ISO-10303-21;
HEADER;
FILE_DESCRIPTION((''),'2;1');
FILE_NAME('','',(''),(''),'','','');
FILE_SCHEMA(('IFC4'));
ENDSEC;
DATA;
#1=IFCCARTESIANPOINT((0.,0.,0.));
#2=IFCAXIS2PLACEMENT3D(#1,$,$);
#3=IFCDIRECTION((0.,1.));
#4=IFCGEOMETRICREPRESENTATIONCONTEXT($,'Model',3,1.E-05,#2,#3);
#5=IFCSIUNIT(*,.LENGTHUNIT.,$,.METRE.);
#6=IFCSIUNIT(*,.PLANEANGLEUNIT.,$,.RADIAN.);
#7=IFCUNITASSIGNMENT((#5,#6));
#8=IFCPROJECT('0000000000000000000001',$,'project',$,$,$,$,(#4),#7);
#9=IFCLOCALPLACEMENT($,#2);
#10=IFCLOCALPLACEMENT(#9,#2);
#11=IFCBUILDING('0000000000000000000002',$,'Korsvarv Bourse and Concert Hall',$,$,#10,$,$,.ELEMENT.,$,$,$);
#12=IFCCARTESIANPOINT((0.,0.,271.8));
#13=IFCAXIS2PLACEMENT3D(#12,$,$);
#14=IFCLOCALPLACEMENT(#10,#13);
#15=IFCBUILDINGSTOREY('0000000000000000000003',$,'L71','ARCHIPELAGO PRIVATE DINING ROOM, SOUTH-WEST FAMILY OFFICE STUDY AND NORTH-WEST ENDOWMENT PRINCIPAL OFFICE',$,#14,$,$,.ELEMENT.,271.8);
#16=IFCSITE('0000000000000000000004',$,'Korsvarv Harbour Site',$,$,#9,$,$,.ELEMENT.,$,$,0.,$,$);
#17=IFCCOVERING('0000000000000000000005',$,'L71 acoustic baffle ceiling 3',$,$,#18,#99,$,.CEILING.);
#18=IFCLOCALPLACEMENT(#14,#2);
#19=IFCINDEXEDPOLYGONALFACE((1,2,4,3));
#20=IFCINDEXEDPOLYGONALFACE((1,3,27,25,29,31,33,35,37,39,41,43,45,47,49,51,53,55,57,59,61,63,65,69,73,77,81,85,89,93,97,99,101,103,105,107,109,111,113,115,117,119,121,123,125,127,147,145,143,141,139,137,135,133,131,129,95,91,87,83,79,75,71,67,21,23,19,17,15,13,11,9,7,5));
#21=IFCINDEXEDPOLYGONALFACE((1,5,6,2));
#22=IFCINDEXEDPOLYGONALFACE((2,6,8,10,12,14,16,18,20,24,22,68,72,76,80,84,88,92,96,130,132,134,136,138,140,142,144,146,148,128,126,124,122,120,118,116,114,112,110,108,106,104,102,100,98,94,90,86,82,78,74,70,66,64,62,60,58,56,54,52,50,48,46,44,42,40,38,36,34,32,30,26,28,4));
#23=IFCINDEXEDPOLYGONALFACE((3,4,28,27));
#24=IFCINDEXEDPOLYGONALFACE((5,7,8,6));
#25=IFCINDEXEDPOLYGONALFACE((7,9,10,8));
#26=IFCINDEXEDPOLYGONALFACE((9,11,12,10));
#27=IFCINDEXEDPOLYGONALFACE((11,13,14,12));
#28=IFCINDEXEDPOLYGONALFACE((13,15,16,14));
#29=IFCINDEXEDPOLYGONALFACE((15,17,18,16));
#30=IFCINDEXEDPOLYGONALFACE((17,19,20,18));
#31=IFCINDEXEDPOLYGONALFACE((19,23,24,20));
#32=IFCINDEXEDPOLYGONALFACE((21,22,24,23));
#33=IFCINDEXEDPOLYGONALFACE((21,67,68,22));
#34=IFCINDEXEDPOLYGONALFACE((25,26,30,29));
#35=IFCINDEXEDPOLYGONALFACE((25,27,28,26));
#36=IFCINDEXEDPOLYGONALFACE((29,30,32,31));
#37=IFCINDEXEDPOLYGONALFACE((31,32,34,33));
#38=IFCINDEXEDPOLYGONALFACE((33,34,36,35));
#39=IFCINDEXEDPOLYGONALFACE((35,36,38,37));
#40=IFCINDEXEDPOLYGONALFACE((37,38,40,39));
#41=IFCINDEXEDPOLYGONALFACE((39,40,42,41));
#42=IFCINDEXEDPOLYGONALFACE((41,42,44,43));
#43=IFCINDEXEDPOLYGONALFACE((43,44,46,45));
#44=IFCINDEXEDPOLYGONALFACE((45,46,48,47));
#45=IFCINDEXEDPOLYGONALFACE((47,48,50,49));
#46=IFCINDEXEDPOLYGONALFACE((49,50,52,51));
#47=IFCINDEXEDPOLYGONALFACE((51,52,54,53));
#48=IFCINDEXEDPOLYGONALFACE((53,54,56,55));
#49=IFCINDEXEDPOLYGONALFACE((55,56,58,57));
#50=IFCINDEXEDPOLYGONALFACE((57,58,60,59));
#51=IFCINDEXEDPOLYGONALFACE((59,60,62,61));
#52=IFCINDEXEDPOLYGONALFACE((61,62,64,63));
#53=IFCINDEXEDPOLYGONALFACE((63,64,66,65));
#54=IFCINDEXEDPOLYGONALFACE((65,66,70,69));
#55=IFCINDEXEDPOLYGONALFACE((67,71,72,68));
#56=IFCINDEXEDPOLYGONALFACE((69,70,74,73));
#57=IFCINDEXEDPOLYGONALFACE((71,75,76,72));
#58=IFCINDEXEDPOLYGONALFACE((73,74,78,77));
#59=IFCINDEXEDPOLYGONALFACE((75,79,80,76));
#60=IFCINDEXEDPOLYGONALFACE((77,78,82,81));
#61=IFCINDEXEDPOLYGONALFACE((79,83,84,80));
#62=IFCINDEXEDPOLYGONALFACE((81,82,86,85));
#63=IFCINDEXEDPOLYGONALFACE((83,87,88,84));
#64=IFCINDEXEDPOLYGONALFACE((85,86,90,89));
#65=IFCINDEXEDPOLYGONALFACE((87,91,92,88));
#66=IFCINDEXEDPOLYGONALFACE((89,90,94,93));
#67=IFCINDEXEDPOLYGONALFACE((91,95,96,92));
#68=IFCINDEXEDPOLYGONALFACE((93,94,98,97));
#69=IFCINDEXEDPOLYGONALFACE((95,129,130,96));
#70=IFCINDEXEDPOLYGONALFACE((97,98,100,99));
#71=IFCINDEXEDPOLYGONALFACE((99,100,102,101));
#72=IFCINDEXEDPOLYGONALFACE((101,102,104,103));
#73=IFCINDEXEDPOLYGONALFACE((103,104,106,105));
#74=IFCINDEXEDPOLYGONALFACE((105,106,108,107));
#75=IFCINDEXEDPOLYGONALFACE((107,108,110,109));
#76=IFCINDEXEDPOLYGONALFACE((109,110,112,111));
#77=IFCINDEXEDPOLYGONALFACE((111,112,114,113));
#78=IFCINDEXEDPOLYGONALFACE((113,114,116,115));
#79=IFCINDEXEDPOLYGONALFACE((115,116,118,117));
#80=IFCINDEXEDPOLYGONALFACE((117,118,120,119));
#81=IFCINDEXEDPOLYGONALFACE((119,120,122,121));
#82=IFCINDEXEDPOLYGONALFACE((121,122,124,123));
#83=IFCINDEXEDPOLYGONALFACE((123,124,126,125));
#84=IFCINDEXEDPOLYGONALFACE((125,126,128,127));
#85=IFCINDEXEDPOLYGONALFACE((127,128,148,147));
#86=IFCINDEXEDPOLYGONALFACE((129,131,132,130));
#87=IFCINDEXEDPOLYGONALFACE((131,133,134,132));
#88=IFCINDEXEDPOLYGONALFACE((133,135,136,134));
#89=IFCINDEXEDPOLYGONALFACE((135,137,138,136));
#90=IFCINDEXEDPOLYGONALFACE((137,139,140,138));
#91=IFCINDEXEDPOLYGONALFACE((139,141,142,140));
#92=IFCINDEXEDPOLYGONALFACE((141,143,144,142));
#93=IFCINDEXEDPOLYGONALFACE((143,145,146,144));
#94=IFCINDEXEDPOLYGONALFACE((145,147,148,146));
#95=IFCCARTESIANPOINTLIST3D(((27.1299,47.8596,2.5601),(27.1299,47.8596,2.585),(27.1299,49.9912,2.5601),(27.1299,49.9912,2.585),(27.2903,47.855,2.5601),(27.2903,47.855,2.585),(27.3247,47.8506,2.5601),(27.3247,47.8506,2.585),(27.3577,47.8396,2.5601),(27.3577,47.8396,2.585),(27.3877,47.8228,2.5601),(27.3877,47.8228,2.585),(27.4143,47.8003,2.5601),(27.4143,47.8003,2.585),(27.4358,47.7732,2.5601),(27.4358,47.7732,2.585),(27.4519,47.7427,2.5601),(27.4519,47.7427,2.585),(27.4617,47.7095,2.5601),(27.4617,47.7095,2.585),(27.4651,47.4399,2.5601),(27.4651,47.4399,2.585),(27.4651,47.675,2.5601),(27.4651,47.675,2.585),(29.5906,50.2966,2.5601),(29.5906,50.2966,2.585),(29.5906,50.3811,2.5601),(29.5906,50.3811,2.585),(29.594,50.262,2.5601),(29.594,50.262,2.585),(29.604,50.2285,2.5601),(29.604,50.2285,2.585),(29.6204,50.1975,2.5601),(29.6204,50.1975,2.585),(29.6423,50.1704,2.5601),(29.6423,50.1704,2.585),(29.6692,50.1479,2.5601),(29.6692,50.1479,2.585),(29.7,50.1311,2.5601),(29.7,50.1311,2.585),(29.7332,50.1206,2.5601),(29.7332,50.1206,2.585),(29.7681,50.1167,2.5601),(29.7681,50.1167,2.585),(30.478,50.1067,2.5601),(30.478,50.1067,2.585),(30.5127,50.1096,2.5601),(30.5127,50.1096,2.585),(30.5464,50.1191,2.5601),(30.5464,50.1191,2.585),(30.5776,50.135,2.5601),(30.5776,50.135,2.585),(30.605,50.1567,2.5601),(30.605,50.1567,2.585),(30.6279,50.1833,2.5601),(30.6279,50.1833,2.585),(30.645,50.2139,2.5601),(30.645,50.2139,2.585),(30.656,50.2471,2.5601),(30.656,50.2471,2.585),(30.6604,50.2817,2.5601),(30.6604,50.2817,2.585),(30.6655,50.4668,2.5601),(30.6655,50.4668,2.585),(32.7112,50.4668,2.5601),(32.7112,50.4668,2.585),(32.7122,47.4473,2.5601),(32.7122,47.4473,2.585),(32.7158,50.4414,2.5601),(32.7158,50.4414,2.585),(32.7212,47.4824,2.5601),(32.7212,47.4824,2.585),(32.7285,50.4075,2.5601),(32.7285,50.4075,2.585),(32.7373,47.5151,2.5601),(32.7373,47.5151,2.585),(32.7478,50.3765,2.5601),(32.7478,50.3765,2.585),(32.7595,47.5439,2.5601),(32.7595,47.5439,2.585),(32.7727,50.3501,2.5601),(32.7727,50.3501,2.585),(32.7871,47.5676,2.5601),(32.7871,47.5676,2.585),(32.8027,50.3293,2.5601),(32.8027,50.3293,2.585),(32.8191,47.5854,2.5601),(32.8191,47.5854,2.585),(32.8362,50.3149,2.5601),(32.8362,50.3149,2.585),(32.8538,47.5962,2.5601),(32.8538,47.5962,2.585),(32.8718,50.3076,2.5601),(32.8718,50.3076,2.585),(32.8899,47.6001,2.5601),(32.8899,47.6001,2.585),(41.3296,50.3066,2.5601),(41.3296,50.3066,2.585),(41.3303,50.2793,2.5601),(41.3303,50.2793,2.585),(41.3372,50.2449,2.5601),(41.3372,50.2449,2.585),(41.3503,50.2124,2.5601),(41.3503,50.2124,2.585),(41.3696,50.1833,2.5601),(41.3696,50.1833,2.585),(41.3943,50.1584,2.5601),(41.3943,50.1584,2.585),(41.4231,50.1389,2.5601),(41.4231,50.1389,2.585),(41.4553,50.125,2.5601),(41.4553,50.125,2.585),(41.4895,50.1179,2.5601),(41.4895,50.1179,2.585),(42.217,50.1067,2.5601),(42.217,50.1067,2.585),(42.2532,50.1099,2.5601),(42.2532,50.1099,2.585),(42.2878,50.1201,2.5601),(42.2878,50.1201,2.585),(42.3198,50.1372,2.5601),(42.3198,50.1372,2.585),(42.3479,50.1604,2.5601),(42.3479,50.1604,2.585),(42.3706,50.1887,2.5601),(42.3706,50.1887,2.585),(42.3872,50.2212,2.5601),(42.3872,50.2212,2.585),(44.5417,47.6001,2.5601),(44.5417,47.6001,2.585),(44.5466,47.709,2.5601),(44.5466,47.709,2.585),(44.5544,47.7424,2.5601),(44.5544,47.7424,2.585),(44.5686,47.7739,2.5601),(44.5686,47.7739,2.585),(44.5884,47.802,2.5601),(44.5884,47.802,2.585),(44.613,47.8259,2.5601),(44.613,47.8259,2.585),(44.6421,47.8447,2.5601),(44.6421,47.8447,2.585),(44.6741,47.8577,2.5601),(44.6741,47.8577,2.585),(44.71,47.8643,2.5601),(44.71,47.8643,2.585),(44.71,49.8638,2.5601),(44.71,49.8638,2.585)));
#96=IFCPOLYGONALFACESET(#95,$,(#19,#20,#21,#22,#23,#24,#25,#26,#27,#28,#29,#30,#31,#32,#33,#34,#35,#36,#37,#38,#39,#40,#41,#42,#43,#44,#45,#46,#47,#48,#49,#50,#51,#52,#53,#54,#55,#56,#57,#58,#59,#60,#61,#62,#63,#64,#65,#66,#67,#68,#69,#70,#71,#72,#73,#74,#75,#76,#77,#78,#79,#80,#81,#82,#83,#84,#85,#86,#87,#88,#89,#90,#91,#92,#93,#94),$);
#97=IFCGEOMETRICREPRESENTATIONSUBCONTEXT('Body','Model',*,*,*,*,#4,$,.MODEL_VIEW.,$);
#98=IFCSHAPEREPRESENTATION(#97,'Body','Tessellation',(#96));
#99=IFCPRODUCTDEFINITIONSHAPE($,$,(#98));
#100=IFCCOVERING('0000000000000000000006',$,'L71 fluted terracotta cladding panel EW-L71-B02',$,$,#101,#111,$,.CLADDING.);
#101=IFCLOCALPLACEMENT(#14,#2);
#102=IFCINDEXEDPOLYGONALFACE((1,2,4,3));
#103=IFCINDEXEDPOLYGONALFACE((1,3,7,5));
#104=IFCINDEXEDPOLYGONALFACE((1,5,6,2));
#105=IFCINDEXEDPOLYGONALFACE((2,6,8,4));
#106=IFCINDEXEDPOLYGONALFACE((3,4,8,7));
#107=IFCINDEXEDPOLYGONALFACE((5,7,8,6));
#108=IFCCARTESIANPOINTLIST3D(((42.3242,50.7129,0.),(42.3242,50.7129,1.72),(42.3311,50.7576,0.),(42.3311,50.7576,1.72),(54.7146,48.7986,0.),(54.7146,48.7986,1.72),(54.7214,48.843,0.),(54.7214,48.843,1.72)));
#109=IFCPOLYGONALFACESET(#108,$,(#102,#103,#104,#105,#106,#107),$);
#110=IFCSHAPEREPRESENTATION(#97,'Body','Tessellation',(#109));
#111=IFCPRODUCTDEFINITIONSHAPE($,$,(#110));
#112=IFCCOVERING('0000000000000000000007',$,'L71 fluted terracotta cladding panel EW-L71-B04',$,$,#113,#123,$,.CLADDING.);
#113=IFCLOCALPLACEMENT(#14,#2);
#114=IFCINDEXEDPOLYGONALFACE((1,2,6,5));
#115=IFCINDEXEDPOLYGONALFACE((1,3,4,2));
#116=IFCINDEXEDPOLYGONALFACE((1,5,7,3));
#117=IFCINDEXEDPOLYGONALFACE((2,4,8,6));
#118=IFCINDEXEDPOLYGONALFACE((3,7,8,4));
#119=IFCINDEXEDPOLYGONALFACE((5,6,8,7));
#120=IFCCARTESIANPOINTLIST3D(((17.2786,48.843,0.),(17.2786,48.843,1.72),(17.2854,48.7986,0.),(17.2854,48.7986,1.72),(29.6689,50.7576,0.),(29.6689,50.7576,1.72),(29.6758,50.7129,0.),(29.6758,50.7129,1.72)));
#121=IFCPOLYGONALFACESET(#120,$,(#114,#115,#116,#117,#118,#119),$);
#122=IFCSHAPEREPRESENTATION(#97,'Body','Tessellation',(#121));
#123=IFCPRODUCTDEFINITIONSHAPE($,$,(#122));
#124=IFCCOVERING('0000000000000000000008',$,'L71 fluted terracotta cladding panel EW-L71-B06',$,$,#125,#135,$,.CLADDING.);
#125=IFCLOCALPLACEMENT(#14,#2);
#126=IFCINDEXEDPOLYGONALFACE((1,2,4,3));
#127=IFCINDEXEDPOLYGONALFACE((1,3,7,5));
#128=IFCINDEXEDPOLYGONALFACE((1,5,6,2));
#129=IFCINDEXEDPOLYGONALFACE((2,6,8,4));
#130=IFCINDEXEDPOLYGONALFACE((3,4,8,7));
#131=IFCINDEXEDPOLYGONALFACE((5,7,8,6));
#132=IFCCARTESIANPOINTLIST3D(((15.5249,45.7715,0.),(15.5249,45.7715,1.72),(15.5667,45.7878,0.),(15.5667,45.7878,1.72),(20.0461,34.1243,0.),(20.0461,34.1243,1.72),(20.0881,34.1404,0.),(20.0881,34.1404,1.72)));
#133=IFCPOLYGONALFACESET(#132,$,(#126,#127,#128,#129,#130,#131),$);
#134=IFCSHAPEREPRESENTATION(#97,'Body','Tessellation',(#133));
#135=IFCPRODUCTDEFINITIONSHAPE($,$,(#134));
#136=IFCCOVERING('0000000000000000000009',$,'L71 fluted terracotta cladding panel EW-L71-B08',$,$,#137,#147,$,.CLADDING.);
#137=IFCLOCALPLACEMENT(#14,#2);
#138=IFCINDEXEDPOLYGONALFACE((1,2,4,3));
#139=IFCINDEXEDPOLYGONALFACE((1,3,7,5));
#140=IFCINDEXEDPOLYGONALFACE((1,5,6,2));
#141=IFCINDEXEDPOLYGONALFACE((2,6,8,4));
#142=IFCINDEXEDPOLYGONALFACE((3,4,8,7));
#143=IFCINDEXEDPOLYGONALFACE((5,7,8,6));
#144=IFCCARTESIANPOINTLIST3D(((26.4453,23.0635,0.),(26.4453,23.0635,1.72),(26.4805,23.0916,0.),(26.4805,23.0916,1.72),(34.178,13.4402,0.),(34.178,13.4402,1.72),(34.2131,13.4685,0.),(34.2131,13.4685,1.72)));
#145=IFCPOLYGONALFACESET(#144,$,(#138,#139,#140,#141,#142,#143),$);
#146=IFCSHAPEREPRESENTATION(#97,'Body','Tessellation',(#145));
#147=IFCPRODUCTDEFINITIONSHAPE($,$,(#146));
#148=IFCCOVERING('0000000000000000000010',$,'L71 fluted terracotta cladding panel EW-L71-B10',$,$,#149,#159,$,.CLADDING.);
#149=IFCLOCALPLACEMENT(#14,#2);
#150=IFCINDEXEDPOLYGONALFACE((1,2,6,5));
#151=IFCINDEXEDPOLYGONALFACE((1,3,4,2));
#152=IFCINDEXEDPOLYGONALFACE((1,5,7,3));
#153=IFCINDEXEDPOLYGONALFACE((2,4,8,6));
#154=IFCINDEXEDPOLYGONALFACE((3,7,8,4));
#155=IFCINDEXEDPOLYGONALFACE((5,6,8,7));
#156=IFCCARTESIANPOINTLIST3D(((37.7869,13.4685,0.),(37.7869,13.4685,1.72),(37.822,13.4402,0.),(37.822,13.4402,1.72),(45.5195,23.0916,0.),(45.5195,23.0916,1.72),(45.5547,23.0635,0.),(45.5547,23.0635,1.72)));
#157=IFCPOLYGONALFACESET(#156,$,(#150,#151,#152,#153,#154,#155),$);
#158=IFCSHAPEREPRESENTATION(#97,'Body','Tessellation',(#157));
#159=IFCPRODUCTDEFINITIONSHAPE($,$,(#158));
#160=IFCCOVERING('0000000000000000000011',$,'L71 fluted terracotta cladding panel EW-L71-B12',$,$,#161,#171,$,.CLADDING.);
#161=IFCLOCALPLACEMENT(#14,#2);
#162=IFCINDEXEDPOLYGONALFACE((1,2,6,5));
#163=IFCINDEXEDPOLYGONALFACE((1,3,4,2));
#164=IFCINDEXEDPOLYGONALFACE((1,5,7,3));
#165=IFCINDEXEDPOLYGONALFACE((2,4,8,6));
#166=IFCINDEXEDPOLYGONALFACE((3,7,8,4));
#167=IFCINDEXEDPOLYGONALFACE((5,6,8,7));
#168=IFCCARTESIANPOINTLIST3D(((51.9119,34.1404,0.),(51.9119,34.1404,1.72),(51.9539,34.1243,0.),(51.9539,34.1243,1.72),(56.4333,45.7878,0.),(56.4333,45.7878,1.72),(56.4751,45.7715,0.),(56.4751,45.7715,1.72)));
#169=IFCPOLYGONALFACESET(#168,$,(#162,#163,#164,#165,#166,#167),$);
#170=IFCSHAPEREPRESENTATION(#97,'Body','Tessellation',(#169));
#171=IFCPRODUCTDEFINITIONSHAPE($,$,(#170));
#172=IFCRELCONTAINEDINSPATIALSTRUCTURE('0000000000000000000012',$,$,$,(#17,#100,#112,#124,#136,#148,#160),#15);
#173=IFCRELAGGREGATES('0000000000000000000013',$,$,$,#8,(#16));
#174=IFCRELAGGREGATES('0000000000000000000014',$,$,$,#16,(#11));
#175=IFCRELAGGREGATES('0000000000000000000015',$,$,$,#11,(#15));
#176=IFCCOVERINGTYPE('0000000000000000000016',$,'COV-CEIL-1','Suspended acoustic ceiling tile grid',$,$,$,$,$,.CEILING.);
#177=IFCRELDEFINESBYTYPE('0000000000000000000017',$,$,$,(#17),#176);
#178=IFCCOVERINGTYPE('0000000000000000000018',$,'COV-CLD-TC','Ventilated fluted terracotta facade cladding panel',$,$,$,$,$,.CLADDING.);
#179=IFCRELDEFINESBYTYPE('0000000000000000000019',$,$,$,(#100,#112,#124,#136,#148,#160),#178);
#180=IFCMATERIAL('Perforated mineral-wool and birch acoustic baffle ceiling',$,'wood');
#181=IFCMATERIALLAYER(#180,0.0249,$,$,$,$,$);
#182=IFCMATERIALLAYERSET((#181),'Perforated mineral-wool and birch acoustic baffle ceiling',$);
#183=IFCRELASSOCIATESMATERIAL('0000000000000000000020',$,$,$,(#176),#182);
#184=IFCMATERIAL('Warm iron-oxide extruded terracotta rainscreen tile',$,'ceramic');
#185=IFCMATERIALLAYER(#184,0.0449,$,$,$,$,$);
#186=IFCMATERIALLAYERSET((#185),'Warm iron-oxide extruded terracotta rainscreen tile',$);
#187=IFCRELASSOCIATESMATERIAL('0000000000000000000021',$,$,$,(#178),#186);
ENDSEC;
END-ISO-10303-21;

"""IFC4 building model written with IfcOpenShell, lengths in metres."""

from ifc_helpers import new_model, si_unit, direction, frame, origin, place, context, subcontext, project, spatial, polyline, outline, extrude, material, layer, layer_set, type_object, element, save


model = new_model("IFC4")

# Units and contexts
model_context = context("Model", 3, precision=1e-05, world=origin(), true_north=direction((0.0, 1.0)))
body_context = subcontext(model_context, "Body", "Model", "MODEL_VIEW")
ifc_project = project(units=[si_unit("LENGTHUNIT", "METRE"), si_unit("PLANEANGLEUNIT", "RADIAN")], contexts=[model_context])

# Site, building, storey
site_placement = place(None, origin())
site = spatial("IfcSite", under=ifc_project, at=site_placement, Name="Korsvarv Harbour Site", CompositionType="ELEMENT", RefElevation=0.0)
building_placement = place(site_placement, origin())
building = spatial("IfcBuilding", under=site, at=building_placement, Name="Korsvarv Bourse and Concert Hall", CompositionType="ELEMENT")
storey_placement = place(building_placement, frame((0.0, 0.0, 271.8)))
storey = spatial("IfcBuildingStorey", under=building, at=storey_placement, Name="L71", Description="ARCHIPELAGO PRIVATE DINING ROOM, SOUTH-WEST FAMILY OFFICE STUDY AND NORTH-WEST ENDOWMENT PRINCIPAL OFFICE", CompositionType="ELEMENT", Elevation=271.8)

# Coverings
ifc_material_1 = material(Name="Perforated mineral-wool and birch acoustic baffle ceiling", Category="wood")
ifc_layer_1 = layer(ifc_material_1, 0.0249)
ifc_layer_set_1 = layer_set([ifc_layer_1], Name="Perforated mineral-wool and birch acoustic baffle ceiling")
covering_type_1 = type_object("IfcCoveringType", Name="COV-CEIL-1", Description="Suspended acoustic ceiling tile grid", PredefinedType="CEILING", material=ifc_layer_set_1)
covering_1_placement = place(storey_placement, frame((0.0, 0.0, 2.5601)))
element("IfcCovering", 1, at=covering_1_placement, inside=storey, type_object=covering_type_1, Name="L71 acoustic baffle ceiling 3", PredefinedType="CEILING", context=body_context, shape_type="SweptSolid", body=[
    extrude(outline(polyline([(29.5906, 50.3811), (29.5906, 50.2966), (29.594, 50.262), (29.604, 50.2285), (29.6204, 50.1975), (29.6423, 50.1704), (29.6692, 50.1479), (29.7, 50.1311), (29.7332, 50.1206), (29.7681, 50.1167), (30.478, 50.1067), (30.5127, 50.1096), (30.5464, 50.1191), (30.5776, 50.135), (30.605, 50.1567), (30.6279, 50.1833), (30.645, 50.2139), (30.656, 50.2471), (30.6604, 50.2817), (30.6655, 50.4668), (32.7112, 50.4668), (32.7158, 50.4414), (32.7285, 50.4075), (32.7478, 50.3765), (32.7727, 50.3501), (32.8027, 50.3293), (32.8362, 50.3149), (32.8718, 50.3076), (41.3296, 50.3066), (41.3303, 50.2793), (41.3372, 50.2449), (41.3503, 50.2124), (41.3696, 50.1833), (41.3943, 50.1584), (41.4231, 50.1389), (41.4553, 50.125), (41.4895, 50.1179), (42.217, 50.1067), (42.2532, 50.1099), (42.2878, 50.1201), (42.3198, 50.1372), (42.3479, 50.1604), (42.3706, 50.1887), (42.3872, 50.2212), (44.71, 49.8638), (44.71, 47.8643), (44.6741, 47.8577), (44.6421, 47.8447), (44.613, 47.8259), (44.5884, 47.802), (44.5686, 47.7739), (44.5544, 47.7424), (44.5466, 47.709), (44.5417, 47.6001), (32.8899, 47.6001), (32.8538, 47.5962), (32.8191, 47.5854), (32.7871, 47.5676), (32.7595, 47.5439), (32.7373, 47.5151), (32.7212, 47.4824), (32.7122, 47.4473), (27.4651, 47.4399), (27.4651, 47.675), (27.4617, 47.7095), (27.4519, 47.7427), (27.4358, 47.7732), (27.4143, 47.8003), (27.3877, 47.8228), (27.3577, 47.8396), (27.3247, 47.8506), (27.2903, 47.855), (27.1299, 47.8596), (27.1299, 49.9912), (29.5906, 50.3811)])), origin(), (0.0, 0.0, 1.0), 0.0249),
])
ifc_material_2 = material(Name="Warm iron-oxide extruded terracotta rainscreen tile", Category="ceramic")
ifc_layer_2 = layer(ifc_material_2, 0.0449)
ifc_layer_set_2 = layer_set([ifc_layer_2], Name="Warm iron-oxide extruded terracotta rainscreen tile")
covering_type_2 = type_object("IfcCoveringType", Name="COV-CLD-TC", Description="Ventilated fluted terracotta facade cladding panel", PredefinedType="CLADDING", material=ifc_layer_set_2)
covering_2_placement = place(storey_placement, origin())
element("IfcCovering", 2, at=covering_2_placement, inside=storey, type_object=covering_type_2, Name="L71 fluted terracotta cladding panel EW-L71-B02", PredefinedType="CLADDING", context=body_context, shape_type="SweptSolid", body=[
    extrude(outline(polyline([(54.7146, 48.7986), (42.3242, 50.7129), (42.3311, 50.7576), (54.7214, 48.843), (54.7146, 48.7986)])), origin(), (0.0, 0.0, 1.0), 1.72),
])
covering_3_placement = place(storey_placement, origin())
element("IfcCovering", 3, at=covering_3_placement, inside=storey, type_object=covering_type_2, Name="L71 fluted terracotta cladding panel EW-L71-B04", PredefinedType="CLADDING", context=body_context, shape_type="SweptSolid", body=[
    extrude(outline(polyline([(29.6758, 50.7129), (17.2854, 48.7986), (17.2786, 48.843), (29.6689, 50.7576), (29.6758, 50.7129)])), origin(), (0.0, 0.0, 1.0), 1.72),
])
covering_4_placement = place(storey_placement, origin())
element("IfcCovering", 4, at=covering_4_placement, inside=storey, type_object=covering_type_2, Name="L71 fluted terracotta cladding panel EW-L71-B06", PredefinedType="CLADDING", context=body_context, shape_type="SweptSolid", body=[
    extrude(outline(polyline([(15.5667, 45.7878), (20.0881, 34.1404), (20.0461, 34.1243), (15.5249, 45.7715), (15.5667, 45.7878)])), origin(), (0.0, 0.0, 1.0), 1.72),
])
covering_5_placement = place(storey_placement, origin())
element("IfcCovering", 5, at=covering_5_placement, inside=storey, type_object=covering_type_2, Name="L71 fluted terracotta cladding panel EW-L71-B08", PredefinedType="CLADDING", context=body_context, shape_type="SweptSolid", body=[
    extrude(outline(polyline([(26.4805, 23.0916), (34.2131, 13.4685), (34.178, 13.4402), (26.4453, 23.0635), (26.4805, 23.0916)])), origin(), (0.0, 0.0, 1.0), 1.72),
])
covering_6_placement = place(storey_placement, origin())
element("IfcCovering", 6, at=covering_6_placement, inside=storey, type_object=covering_type_2, Name="L71 fluted terracotta cladding panel EW-L71-B10", PredefinedType="CLADDING", context=body_context, shape_type="SweptSolid", body=[
    extrude(outline(polyline([(37.7869, 13.4685), (45.5195, 23.0916), (45.5547, 23.0635), (37.822, 13.4402), (37.7869, 13.4685)])), origin(), (0.0, 0.0, 1.0), 1.72),
])
covering_7_placement = place(storey_placement, origin())
element("IfcCovering", 7, at=covering_7_placement, inside=storey, type_object=covering_type_2, Name="L71 fluted terracotta cladding panel EW-L71-B12", PredefinedType="CLADDING", context=body_context, shape_type="SweptSolid", body=[
    extrude(outline(polyline([(51.9119, 34.1404), (56.4333, 45.7878), (56.4751, 45.7715), (51.9539, 34.1243), (51.9119, 34.1404)])), origin(), (0.0, 0.0, 1.0), 1.72),
])

save(model, "model.ifc")
